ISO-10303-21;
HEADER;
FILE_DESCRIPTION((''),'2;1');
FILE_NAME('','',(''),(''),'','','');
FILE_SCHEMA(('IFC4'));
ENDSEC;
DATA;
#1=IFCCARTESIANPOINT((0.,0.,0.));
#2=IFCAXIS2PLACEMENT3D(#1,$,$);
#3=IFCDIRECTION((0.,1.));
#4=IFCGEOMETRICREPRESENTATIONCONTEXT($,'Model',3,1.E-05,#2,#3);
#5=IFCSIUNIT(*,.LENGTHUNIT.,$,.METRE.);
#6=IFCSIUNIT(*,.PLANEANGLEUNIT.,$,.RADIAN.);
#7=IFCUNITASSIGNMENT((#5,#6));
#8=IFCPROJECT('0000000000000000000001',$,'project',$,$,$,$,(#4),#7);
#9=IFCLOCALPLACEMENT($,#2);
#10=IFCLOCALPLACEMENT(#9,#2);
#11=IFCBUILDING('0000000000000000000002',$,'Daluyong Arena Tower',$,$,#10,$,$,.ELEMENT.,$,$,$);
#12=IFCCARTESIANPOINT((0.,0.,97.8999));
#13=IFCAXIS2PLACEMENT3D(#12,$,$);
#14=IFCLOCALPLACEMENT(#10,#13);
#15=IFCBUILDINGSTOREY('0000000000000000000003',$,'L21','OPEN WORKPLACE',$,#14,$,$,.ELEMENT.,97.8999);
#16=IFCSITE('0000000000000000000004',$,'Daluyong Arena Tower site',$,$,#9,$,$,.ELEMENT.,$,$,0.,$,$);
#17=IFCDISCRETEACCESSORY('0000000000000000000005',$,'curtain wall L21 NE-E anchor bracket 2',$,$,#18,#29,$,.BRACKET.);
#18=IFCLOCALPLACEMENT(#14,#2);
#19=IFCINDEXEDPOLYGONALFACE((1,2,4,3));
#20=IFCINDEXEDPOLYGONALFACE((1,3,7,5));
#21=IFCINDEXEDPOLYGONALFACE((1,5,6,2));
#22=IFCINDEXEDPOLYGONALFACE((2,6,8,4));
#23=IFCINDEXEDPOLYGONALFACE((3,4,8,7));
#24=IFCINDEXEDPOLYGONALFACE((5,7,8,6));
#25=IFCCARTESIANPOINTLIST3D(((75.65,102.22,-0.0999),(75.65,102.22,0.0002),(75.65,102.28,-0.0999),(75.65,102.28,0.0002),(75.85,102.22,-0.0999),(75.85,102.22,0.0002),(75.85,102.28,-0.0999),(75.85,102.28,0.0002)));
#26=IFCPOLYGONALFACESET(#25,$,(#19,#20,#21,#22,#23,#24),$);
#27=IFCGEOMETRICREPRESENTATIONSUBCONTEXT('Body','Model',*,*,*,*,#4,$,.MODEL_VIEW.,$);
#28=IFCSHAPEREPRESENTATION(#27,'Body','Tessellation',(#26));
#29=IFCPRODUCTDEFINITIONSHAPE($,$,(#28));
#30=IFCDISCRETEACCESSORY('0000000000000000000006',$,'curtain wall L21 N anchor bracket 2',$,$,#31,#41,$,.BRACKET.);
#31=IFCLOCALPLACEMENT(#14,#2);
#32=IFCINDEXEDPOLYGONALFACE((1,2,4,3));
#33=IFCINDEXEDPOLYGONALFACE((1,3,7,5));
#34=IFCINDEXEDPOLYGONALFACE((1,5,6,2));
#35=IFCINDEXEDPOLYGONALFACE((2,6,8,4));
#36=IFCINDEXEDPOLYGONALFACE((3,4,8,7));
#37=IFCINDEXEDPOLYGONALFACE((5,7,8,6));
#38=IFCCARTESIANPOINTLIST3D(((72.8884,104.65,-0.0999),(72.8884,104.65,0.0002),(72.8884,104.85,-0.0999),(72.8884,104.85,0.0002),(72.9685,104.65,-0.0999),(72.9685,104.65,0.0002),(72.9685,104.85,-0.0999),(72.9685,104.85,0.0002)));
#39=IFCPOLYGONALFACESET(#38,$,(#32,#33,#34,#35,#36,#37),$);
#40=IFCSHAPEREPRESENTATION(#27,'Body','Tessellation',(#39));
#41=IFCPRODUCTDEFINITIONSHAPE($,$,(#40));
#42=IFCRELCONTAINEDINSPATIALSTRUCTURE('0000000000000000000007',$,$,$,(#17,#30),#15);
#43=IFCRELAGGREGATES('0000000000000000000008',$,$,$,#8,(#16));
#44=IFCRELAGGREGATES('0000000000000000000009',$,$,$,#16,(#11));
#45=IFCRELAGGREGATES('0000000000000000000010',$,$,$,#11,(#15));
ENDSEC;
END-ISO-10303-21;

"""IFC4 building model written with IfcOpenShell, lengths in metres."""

from ifc_helpers import new_model, si_unit, direction, frame, origin, origin_2d, place, context, subcontext, project, spatial, rectangle, extrude, element, save


model = new_model("IFC4")

# Units and contexts
model_context = context("Model", 3, precision=1e-05, world=origin(), true_north=direction((0.0, 1.0)))
body_context = subcontext(model_context, "Body", "Model", "MODEL_VIEW")
ifc_project = project(units=[si_unit("LENGTHUNIT", "METRE"), si_unit("PLANEANGLEUNIT", "RADIAN")], contexts=[model_context])

# Site, building, storey
site_placement = place(None, origin())
site = spatial("IfcSite", under=ifc_project, at=site_placement, Name="Daluyong Arena Tower site", CompositionType="ELEMENT", RefElevation=0.0)
building_placement = place(site_placement, origin())
building = spatial("IfcBuilding", under=site, at=building_placement, Name="Daluyong Arena Tower", CompositionType="ELEMENT")
storey_placement = place(building_placement, frame((0.0, 0.0, 97.8999)))
storey = spatial("IfcBuildingStorey", under=building, at=storey_placement, Name="L21", Description="OPEN WORKPLACE", CompositionType="ELEMENT", Elevation=97.8999)

# Discrete accessories
for number, where, z_axis, x_axis, name in (
    (1, (75.75, 102.25, -0.0999), (0.0, 0.0, 1.0), (0.0, 1.0, 0.0), "curtain wall L21 NE-E anchor bracket 2"),
):
    element("IfcDiscreteAccessory", number, at=place(storey_placement, frame(where, z_axis=z_axis, x_axis=x_axis)), inside=storey, Name=name, PredefinedType="BRACKET", context=body_context, shape_type="SweptSolid", body=[
        extrude(rectangle(XDim=0.0601, YDim=0.2, at=origin_2d()), origin(), (0.0, 0.0, 1.0), 0.1001),
    ])
discrete_accessory_placement = place(storey_placement, frame((72.9285, 104.75, -0.0999), z_axis=(0.0, 0.0, 1.0), x_axis=(-1.0, 0.0, 0.0)))
element("IfcDiscreteAccessory", 2, at=discrete_accessory_placement, inside=storey, Name="curtain wall L21 N anchor bracket 2", PredefinedType="BRACKET", context=body_context, shape_type="SweptSolid", body=[
    extrude(rectangle(XDim=0.0801, YDim=0.2, at=origin_2d()), origin(), (0.0, 0.0, 1.0), 0.1001),
])

save(model, "model.ifc")
